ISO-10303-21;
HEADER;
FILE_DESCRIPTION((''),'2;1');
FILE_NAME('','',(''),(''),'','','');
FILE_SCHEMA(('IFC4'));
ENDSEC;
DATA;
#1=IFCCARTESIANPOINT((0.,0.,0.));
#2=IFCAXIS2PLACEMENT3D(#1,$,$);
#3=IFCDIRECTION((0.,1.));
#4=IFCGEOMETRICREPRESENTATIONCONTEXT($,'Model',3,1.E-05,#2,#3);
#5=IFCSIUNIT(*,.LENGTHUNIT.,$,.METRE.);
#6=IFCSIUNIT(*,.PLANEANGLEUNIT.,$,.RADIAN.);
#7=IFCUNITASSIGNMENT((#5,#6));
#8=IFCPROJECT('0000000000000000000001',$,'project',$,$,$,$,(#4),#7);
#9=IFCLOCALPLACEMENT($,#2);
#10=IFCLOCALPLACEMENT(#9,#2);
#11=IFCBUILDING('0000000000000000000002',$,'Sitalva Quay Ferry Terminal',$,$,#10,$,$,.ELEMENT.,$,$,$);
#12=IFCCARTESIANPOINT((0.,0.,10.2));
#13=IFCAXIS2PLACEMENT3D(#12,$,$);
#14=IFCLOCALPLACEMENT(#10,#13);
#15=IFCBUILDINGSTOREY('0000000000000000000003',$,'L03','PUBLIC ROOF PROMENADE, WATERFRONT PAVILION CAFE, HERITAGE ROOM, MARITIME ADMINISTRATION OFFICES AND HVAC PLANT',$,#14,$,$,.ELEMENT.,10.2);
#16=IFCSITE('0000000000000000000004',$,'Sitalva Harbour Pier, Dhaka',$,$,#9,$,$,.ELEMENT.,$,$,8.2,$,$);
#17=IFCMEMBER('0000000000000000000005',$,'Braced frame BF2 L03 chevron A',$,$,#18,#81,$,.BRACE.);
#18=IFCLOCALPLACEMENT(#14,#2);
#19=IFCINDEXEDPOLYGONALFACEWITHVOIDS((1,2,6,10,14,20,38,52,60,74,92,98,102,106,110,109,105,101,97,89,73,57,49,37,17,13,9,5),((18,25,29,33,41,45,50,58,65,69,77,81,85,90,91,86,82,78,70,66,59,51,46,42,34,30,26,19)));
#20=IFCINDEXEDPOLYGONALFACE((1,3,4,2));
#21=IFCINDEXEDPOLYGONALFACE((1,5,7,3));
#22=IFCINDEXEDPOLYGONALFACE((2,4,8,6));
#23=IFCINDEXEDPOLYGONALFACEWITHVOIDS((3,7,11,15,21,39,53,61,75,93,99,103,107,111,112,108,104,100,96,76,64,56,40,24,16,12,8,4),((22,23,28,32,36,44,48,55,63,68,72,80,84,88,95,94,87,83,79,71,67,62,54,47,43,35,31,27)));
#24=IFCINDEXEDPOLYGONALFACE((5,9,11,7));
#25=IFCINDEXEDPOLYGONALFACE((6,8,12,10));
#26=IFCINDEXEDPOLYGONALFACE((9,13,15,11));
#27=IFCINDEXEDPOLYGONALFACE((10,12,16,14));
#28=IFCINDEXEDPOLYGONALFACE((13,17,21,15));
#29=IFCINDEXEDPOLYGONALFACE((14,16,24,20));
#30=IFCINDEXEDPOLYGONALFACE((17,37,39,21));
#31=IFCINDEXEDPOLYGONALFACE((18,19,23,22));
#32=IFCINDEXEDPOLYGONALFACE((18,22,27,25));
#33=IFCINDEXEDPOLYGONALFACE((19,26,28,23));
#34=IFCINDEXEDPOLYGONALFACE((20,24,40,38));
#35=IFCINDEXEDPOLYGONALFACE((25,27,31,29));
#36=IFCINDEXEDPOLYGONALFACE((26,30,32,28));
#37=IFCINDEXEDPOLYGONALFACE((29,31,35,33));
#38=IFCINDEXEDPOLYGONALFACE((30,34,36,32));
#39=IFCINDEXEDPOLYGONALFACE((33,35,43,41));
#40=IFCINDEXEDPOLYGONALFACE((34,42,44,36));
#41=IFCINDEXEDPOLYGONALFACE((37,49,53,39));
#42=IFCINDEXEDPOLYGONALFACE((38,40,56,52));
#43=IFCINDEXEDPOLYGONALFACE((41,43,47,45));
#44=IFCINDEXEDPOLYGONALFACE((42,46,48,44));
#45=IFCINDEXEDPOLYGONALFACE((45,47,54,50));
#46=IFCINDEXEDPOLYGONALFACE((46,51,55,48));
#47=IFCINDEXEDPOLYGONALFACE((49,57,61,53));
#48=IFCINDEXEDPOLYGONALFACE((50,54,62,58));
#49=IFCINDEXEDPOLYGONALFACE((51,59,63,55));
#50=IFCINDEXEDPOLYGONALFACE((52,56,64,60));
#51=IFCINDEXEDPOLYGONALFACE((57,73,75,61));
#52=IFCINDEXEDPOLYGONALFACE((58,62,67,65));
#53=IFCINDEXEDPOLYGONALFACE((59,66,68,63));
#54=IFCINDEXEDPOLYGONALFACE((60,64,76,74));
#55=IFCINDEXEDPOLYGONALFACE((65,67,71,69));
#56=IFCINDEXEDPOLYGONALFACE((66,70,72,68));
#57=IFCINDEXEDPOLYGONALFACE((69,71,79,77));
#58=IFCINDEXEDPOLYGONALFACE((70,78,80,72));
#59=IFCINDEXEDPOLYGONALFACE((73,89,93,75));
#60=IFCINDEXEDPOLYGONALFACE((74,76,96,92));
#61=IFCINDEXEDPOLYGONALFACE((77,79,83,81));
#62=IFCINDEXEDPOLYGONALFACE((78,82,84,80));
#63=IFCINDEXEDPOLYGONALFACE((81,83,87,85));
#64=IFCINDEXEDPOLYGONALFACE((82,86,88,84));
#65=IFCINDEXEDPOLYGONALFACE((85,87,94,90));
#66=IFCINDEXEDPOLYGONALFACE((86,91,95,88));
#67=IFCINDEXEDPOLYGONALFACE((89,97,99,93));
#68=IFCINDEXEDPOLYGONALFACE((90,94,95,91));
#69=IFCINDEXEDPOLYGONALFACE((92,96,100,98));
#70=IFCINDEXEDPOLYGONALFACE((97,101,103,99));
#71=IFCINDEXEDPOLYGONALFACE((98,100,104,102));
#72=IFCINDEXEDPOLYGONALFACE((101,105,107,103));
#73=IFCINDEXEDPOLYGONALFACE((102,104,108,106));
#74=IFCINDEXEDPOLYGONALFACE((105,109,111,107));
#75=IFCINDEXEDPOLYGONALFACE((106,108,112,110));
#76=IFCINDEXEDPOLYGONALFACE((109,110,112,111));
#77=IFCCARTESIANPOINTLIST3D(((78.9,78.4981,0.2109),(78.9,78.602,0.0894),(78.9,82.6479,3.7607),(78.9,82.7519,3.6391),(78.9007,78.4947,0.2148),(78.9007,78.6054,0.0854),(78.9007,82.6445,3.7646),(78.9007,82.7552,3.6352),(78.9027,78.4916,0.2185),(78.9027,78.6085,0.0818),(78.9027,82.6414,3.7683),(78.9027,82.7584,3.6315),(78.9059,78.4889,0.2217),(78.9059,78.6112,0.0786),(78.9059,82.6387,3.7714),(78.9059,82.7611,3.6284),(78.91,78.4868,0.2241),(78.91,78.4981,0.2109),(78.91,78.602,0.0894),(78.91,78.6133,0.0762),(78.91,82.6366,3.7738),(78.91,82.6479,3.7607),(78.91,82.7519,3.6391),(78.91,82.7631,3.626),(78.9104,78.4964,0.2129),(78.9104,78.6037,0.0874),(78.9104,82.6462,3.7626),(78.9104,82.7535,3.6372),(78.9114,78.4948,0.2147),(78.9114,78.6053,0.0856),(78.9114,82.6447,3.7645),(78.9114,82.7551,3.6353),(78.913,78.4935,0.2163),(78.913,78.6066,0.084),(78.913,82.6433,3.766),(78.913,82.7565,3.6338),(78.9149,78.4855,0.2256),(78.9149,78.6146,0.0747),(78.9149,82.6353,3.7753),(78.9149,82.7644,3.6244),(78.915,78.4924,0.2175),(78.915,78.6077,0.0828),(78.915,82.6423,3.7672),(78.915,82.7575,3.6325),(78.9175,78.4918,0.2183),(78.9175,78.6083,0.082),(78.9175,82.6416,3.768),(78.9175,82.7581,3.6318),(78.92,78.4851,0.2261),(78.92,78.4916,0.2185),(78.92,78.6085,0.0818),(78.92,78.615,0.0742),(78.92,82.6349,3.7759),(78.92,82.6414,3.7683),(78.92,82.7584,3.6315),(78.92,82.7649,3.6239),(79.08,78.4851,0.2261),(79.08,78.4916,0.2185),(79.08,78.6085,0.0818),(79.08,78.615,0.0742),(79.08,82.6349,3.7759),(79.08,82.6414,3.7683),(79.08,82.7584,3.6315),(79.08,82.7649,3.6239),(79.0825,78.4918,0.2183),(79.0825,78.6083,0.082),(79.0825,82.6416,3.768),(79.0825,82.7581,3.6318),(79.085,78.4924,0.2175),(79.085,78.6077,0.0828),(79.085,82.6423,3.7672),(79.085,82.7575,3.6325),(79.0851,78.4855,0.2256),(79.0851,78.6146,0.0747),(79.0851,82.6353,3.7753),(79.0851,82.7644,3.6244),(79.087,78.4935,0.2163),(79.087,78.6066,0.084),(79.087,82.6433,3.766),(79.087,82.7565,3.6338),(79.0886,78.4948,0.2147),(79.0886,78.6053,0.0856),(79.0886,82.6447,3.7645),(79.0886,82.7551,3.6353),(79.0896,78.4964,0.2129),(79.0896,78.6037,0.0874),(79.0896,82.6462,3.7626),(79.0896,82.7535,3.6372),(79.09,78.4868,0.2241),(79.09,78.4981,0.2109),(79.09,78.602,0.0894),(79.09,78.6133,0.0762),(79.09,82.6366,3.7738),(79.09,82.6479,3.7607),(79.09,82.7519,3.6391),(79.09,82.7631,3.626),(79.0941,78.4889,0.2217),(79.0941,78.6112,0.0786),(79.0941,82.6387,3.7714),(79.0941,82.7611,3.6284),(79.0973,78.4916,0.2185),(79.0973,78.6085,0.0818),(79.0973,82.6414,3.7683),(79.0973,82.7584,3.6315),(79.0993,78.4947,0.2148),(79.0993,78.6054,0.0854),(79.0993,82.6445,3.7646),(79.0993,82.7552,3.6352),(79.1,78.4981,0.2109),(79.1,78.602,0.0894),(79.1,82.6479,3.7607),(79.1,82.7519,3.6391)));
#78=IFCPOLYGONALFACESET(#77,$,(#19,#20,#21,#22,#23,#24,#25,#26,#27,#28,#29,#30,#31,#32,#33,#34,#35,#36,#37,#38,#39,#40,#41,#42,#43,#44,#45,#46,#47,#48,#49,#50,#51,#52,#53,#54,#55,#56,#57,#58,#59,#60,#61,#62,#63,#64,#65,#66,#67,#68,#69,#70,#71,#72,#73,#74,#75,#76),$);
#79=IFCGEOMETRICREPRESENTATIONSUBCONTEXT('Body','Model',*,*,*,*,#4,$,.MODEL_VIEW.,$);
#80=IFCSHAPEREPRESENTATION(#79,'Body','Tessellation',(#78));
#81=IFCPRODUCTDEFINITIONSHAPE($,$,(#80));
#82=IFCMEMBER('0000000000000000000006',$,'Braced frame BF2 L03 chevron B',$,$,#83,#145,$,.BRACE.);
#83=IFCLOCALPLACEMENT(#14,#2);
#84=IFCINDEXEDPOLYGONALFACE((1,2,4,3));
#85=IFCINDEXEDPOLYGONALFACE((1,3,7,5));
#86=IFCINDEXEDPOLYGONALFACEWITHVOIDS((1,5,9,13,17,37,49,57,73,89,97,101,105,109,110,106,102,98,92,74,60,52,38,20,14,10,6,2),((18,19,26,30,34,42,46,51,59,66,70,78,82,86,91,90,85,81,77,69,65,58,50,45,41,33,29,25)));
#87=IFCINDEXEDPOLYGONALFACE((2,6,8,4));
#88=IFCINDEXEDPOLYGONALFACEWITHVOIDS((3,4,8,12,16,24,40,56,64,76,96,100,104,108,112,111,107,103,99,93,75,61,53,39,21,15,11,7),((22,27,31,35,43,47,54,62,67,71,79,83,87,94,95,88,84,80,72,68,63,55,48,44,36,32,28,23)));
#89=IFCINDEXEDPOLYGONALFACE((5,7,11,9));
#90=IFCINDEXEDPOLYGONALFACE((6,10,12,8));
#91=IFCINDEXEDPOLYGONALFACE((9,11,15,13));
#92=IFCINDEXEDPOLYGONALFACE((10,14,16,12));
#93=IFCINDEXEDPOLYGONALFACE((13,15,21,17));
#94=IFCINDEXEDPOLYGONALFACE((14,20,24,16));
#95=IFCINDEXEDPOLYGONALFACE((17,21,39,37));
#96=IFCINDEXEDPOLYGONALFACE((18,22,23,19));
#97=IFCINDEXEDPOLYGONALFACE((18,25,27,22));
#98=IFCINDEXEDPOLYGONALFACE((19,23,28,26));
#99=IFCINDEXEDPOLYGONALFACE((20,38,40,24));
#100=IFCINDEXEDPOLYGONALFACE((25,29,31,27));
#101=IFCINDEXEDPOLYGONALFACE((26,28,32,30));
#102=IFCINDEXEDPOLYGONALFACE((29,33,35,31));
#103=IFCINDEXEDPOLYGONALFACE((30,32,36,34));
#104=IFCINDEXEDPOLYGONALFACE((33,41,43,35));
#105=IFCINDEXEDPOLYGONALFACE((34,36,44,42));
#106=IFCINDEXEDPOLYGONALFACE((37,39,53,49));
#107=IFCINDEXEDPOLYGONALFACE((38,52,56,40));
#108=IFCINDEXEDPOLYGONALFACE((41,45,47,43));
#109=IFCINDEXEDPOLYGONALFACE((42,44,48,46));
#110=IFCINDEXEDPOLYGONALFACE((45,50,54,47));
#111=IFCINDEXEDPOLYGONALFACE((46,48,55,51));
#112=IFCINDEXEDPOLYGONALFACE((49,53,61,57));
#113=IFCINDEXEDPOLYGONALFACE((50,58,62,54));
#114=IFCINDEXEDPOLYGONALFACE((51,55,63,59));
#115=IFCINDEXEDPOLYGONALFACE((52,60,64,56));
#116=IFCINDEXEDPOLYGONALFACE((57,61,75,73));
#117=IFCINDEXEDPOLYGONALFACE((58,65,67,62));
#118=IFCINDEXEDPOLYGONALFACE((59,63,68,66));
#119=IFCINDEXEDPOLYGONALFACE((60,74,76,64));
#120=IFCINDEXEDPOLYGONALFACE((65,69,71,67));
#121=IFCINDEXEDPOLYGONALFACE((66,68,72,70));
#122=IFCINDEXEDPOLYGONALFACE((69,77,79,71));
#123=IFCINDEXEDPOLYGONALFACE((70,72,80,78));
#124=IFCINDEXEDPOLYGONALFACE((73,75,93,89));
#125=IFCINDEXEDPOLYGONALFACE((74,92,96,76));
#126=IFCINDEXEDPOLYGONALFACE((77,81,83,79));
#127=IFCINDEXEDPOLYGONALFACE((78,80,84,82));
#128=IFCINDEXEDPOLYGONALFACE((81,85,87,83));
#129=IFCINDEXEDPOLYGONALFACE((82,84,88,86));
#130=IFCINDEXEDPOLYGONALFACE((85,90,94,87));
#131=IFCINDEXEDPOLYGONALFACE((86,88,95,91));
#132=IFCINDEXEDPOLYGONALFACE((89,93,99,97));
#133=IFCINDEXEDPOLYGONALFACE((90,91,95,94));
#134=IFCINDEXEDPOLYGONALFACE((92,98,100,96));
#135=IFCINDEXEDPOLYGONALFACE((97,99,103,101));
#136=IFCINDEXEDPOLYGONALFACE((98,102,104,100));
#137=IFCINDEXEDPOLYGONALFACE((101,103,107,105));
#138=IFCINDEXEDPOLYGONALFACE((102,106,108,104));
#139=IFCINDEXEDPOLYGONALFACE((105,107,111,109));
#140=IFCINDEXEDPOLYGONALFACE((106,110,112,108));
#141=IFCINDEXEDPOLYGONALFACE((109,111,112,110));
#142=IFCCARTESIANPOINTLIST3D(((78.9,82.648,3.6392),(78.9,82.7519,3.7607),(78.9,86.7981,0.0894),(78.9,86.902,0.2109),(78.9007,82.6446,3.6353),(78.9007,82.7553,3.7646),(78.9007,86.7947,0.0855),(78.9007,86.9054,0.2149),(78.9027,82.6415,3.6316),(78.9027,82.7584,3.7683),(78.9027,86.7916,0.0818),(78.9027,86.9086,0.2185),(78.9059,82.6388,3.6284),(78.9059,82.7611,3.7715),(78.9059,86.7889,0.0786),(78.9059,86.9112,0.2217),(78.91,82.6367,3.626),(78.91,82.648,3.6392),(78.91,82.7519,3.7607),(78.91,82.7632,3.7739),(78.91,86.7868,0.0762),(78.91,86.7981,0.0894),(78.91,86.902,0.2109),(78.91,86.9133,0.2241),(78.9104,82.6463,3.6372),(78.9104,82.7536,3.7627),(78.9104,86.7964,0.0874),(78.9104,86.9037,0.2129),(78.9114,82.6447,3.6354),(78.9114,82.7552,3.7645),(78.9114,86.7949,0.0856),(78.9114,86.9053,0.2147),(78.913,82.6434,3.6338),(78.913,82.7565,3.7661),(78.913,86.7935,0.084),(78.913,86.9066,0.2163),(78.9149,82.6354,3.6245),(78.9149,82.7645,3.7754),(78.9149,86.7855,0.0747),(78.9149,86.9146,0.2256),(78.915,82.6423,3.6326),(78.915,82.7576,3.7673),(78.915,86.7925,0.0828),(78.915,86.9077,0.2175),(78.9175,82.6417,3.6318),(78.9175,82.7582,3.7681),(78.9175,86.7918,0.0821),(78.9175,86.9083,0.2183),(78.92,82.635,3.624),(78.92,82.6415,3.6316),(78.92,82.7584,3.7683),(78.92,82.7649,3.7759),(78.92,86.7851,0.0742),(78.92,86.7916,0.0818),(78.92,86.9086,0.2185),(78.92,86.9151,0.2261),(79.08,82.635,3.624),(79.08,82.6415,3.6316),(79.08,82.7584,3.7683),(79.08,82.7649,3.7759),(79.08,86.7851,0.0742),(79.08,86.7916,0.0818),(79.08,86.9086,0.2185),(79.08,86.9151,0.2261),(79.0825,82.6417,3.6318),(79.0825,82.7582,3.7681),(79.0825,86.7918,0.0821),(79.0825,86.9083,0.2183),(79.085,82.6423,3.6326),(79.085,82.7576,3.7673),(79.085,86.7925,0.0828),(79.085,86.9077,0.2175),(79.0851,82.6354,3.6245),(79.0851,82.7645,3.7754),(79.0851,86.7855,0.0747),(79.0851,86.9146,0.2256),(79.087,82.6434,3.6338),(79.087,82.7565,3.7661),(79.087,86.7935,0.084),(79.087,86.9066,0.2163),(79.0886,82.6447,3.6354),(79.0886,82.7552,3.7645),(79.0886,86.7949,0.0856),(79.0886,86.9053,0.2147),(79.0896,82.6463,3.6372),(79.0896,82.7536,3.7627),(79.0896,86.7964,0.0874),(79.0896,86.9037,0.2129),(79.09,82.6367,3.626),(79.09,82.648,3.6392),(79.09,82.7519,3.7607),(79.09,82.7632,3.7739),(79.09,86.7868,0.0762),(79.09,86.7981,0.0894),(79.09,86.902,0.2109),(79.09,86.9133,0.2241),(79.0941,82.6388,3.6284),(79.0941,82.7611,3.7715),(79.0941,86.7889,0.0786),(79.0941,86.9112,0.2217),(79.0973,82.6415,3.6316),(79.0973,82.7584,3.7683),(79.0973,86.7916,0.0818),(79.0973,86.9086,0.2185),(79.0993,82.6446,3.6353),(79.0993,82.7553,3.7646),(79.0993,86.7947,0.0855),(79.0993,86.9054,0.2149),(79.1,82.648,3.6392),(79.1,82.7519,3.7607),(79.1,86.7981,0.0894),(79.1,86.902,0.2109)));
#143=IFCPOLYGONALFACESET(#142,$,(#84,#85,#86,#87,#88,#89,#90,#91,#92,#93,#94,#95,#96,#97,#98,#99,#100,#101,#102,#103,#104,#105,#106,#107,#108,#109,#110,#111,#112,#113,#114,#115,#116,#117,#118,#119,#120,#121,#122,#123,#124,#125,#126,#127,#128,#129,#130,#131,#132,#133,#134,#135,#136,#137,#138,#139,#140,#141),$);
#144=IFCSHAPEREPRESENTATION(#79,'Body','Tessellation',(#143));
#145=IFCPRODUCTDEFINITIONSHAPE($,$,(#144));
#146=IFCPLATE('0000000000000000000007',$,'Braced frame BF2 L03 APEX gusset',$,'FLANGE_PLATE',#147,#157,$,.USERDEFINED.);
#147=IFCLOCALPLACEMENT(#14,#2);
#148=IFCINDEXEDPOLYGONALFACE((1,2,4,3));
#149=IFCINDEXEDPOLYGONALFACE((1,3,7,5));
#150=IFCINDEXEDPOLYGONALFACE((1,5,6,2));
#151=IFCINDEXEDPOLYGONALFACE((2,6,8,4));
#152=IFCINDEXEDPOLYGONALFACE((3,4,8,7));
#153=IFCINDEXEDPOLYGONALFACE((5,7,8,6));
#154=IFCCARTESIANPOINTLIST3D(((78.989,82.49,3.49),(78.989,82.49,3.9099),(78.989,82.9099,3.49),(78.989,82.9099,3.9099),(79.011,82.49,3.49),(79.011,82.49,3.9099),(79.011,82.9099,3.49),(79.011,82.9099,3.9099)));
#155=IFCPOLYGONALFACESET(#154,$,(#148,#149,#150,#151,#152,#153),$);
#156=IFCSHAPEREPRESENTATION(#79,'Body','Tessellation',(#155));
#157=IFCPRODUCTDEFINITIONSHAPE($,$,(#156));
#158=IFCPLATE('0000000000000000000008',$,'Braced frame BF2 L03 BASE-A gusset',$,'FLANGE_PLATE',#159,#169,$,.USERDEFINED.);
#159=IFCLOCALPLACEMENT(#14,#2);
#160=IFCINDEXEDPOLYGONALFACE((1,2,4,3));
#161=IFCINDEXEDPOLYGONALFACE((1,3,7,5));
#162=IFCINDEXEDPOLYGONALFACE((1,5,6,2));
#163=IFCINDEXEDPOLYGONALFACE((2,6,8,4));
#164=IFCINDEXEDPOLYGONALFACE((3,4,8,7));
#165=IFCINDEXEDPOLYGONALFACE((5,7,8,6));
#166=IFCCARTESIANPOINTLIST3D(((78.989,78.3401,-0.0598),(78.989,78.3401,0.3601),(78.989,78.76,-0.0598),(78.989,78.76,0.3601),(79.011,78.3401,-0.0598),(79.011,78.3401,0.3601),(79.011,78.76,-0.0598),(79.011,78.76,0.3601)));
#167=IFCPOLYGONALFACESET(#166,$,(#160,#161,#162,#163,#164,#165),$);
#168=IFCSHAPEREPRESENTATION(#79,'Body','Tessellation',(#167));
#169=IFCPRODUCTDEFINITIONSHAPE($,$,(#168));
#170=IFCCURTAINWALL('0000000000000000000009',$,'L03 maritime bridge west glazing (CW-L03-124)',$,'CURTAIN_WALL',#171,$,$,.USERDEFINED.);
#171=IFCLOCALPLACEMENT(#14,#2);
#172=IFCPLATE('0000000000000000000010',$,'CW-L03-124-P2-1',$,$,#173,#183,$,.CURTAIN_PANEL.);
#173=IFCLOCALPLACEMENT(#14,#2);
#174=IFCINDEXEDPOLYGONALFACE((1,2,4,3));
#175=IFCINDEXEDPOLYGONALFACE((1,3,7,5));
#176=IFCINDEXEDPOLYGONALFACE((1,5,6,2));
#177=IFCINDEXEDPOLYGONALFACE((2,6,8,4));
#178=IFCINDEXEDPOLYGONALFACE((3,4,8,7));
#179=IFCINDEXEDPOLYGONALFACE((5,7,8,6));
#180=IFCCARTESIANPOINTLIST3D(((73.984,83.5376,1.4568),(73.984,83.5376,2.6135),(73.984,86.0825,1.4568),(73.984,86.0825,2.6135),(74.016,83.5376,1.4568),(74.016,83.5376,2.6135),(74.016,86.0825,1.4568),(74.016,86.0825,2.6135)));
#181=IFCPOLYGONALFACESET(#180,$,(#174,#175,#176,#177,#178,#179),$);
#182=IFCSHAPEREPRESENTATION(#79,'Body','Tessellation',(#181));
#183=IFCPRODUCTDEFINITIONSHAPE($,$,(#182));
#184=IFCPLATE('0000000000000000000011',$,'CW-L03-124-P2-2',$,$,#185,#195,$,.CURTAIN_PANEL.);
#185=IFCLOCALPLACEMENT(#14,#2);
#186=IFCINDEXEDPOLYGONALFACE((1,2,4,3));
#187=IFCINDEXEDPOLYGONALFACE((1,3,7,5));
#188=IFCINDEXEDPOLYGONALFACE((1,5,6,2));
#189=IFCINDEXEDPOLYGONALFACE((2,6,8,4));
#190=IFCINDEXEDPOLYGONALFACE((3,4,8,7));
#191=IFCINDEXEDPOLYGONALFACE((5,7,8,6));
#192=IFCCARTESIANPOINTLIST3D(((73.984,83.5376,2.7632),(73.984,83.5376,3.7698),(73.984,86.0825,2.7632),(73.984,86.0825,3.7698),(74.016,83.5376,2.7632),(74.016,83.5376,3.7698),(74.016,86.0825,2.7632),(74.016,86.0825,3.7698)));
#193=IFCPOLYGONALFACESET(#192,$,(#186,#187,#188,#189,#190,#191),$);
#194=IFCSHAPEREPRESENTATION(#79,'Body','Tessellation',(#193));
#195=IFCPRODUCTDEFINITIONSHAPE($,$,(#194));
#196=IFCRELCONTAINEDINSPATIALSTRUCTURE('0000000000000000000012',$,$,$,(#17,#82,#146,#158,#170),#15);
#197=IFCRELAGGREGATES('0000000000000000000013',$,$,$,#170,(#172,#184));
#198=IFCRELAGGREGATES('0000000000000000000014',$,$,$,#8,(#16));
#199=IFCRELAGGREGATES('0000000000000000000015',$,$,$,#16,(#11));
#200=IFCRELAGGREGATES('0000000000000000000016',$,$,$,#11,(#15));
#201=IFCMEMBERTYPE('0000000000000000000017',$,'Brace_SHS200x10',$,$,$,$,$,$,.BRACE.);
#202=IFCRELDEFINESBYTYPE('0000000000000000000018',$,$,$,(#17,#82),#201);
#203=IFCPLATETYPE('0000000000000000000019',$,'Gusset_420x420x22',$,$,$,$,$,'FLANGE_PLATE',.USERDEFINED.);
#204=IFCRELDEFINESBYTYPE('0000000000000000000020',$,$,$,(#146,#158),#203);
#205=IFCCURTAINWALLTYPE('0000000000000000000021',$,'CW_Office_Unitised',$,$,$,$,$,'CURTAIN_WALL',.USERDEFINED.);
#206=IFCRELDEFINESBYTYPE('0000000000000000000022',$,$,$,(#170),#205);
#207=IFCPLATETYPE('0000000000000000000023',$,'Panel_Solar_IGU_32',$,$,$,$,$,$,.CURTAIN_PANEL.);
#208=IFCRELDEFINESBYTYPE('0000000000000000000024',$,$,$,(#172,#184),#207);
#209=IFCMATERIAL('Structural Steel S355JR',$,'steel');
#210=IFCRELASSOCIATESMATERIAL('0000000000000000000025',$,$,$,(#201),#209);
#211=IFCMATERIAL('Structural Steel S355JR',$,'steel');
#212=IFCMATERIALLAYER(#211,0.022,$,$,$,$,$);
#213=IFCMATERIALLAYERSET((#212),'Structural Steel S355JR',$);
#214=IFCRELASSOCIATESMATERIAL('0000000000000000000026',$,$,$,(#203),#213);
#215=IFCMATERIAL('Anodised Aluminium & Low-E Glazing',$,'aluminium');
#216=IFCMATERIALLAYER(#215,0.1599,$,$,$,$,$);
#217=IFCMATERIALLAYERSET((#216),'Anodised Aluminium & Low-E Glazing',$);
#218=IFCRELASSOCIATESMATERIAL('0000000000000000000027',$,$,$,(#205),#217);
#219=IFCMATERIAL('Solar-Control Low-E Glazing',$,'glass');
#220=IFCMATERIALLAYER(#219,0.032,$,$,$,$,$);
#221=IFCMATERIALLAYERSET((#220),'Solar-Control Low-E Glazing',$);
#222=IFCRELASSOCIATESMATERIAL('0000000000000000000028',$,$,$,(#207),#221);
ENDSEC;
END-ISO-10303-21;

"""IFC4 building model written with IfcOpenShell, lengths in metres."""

from ifc_helpers import new_model, si_unit, direction, frame, origin, origin_2d, place, context, subcontext, project, spatial, rectangle, hollow_rectangle, extrude, material, layer, layer_set, material_profile, profile_set, type_object, element, aggregate, save


model = new_model("IFC4")

# Units and contexts
model_context = context("Model", 3, precision=1e-05, world=origin(), true_north=direction((0.0, 1.0)))
body_context = subcontext(model_context, "Body", "Model", "MODEL_VIEW")
ifc_project = project(units=[si_unit("LENGTHUNIT", "METRE"), si_unit("PLANEANGLEUNIT", "RADIAN")], contexts=[model_context])

# Site, building, storey
site_placement = place(None, origin())
site = spatial("IfcSite", under=ifc_project, at=site_placement, Name="Sitalva Harbour Pier, Dhaka", CompositionType="ELEMENT", RefElevation=8.2)
building_placement = place(site_placement, origin())
building = spatial("IfcBuilding", under=site, at=building_placement, Name="Sitalva Quay Ferry Terminal", CompositionType="ELEMENT")
storey_placement = place(building_placement, frame((0.0, 0.0, 10.2)))
storey = spatial("IfcBuildingStorey", under=building, at=storey_placement, Name="L03", Description="PUBLIC ROOF PROMENADE, WATERFRONT PAVILION CAFE, HERITAGE ROOM, MARITIME ADMINISTRATION OFFICES AND HVAC PLANT", CompositionType="ELEMENT", Elevation=10.2)

# Members
ifc_material_1 = material(Name="Structural Steel S355JR", Category="steel")
ifc_material_profile = material_profile(ifc_material_1, hollow_rectangle(XDim=0.2, YDim=0.2, WallThickness=0.01, InnerFilletRadius=0.01, OuterFilletRadius=0.02, at=origin_2d()), Name="SHS200x200x10")
ifc_profile_set = profile_set([ifc_material_profile], Name="Structural Steel S355JR")
member_type = type_object("IfcMemberType", Name="Brace_SHS200x10", PredefinedType="BRACE", material=ifc_profile_set)
member_1_placement = place(storey_placement, frame((79.0, 78.55, 0.1501), z_axis=(0.0, 0.759913, 0.650025), x_axis=(-1.0, 0.0, 0.0)))
element("IfcMember", 1, at=member_1_placement, inside=storey, type_object=member_type, Name="Braced frame BF2 L03 chevron A", PredefinedType="BRACE", context=body_context, shape_type="SweptSolid", body=[
    extrude(hollow_rectangle(XDim=0.2, YDim=0.2, WallThickness=0.01, InnerFilletRadius=0.01, OuterFilletRadius=0.02, at=origin_2d()), origin(), (0.0, 0.0, 1.0), 5.4609),
])
member_2_placement = place(storey_placement, frame((79.0, 82.7, 3.7), z_axis=(0.0, 0.759931, -0.650003), x_axis=(-1.0, 0.0, 0.0)))
element("IfcMember", 2, at=member_2_placement, inside=storey, type_object=member_type, Name="Braced frame BF2 L03 chevron B", PredefinedType="BRACE", context=body_context, shape_type="SweptSolid", body=[
    extrude(hollow_rectangle(XDim=0.2, YDim=0.2, WallThickness=0.01, InnerFilletRadius=0.01, OuterFilletRadius=0.02, at=origin_2d()), origin(), (0.0, 0.0, 1.0), 5.4612),
])

# Plates
ifc_material_2 = material(Name="Structural Steel S355JR", Category="steel")
ifc_layer_1 = layer(ifc_material_2, 0.022)
ifc_layer_set_1 = layer_set([ifc_layer_1], Name="Structural Steel S355JR")
plate_type_1 = type_object("IfcPlateType", Name="Gusset_420x420x22", ElementType="FLANGE_PLATE", PredefinedType="USERDEFINED", material=ifc_layer_set_1)
for number, where, z_axis, x_axis, name in (
    (3, (79.0, 82.7, 3.49), (0.0, 0.0, 1.0), (1.0, 0.0, 0.0), "Braced frame BF2 L03 APEX gusset"),
    (4, (79.0, 78.55, -0.0598), (0.0, 0.0, 1.0), (1.0, 0.0, 0.0), "Braced frame BF2 L03 BASE-A gusset"),
):
    element("IfcPlate", number, at=place(storey_placement, frame(where, z_axis=z_axis, x_axis=x_axis)), inside=storey, type_object=plate_type_1, Name=name, ObjectType="FLANGE_PLATE", PredefinedType="USERDEFINED", context=body_context, shape_type="SweptSolid", body=[
        extrude(rectangle(XDim=0.022, YDim=0.4199, at=origin_2d()), origin(), (0.0, 0.0, 1.0), 0.4199),
    ])

# Curtain wall, plates
ifc_material_3 = material(Name="Anodised Aluminium & Low-E Glazing", Category="aluminium")
ifc_layer_2 = layer(ifc_material_3, 0.1599)
ifc_layer_set_2 = layer_set([ifc_layer_2], Name="Anodised Aluminium & Low-E Glazing")
curtain_wall_type = type_object("IfcCurtainWallType", Name="CW_Office_Unitised", ElementType="CURTAIN_WALL", PredefinedType="USERDEFINED", material=ifc_layer_set_2)
curtain_wall_placement = place(storey_placement, origin())
curtain_wall = element("IfcCurtainWall", 5, at=curtain_wall_placement, inside=storey, type_object=curtain_wall_type, Name="L03 maritime bridge west glazing (CW-L03-124)", ObjectType="CURTAIN_WALL", PredefinedType="USERDEFINED")
ifc_material_4 = material(Name="Solar-Control Low-E Glazing", Category="glass")
ifc_layer_3 = layer(ifc_material_4, 0.032)
ifc_layer_set_3 = layer_set([ifc_layer_3], Name="Solar-Control Low-E Glazing")
plate_type_2 = type_object("IfcPlateType", Name="Panel_Solar_IGU_32", PredefinedType="CURTAIN_PANEL", material=ifc_layer_set_3)
plate_1_placement = place(storey_placement, frame((74.0, 84.8101, 1.4568), z_axis=(0.0, 0.0, 1.0), x_axis=(0.0, 1.0, 0.0)))
plate_1 = element("IfcPlate", 6, at=plate_1_placement, type_object=plate_type_2, Name="CW-L03-124-P2-1", PredefinedType="CURTAIN_PANEL", context=body_context, shape_type="SweptSolid", body=[
    extrude(rectangle(XDim=2.5449, YDim=0.032, at=origin_2d()), origin(), (0.0, 0.0, 1.0), 1.1567),
])
plate_2_placement = place(storey_placement, frame((74.0, 84.8101, 2.7632), z_axis=(0.0, 0.0, 1.0), x_axis=(0.0, 1.0, 0.0)))
plate_2 = element("IfcPlate", 7, at=plate_2_placement, type_object=plate_type_2, Name="CW-L03-124-P2-2", PredefinedType="CURTAIN_PANEL", context=body_context, shape_type="SweptSolid", body=[
    extrude(rectangle(XDim=2.5449, YDim=0.032, at=origin_2d()), origin(), (0.0, 0.0, 1.0), 1.0066),
])
aggregate(curtain_wall, [plate_1, plate_2])

save(model, "model.ifc")
